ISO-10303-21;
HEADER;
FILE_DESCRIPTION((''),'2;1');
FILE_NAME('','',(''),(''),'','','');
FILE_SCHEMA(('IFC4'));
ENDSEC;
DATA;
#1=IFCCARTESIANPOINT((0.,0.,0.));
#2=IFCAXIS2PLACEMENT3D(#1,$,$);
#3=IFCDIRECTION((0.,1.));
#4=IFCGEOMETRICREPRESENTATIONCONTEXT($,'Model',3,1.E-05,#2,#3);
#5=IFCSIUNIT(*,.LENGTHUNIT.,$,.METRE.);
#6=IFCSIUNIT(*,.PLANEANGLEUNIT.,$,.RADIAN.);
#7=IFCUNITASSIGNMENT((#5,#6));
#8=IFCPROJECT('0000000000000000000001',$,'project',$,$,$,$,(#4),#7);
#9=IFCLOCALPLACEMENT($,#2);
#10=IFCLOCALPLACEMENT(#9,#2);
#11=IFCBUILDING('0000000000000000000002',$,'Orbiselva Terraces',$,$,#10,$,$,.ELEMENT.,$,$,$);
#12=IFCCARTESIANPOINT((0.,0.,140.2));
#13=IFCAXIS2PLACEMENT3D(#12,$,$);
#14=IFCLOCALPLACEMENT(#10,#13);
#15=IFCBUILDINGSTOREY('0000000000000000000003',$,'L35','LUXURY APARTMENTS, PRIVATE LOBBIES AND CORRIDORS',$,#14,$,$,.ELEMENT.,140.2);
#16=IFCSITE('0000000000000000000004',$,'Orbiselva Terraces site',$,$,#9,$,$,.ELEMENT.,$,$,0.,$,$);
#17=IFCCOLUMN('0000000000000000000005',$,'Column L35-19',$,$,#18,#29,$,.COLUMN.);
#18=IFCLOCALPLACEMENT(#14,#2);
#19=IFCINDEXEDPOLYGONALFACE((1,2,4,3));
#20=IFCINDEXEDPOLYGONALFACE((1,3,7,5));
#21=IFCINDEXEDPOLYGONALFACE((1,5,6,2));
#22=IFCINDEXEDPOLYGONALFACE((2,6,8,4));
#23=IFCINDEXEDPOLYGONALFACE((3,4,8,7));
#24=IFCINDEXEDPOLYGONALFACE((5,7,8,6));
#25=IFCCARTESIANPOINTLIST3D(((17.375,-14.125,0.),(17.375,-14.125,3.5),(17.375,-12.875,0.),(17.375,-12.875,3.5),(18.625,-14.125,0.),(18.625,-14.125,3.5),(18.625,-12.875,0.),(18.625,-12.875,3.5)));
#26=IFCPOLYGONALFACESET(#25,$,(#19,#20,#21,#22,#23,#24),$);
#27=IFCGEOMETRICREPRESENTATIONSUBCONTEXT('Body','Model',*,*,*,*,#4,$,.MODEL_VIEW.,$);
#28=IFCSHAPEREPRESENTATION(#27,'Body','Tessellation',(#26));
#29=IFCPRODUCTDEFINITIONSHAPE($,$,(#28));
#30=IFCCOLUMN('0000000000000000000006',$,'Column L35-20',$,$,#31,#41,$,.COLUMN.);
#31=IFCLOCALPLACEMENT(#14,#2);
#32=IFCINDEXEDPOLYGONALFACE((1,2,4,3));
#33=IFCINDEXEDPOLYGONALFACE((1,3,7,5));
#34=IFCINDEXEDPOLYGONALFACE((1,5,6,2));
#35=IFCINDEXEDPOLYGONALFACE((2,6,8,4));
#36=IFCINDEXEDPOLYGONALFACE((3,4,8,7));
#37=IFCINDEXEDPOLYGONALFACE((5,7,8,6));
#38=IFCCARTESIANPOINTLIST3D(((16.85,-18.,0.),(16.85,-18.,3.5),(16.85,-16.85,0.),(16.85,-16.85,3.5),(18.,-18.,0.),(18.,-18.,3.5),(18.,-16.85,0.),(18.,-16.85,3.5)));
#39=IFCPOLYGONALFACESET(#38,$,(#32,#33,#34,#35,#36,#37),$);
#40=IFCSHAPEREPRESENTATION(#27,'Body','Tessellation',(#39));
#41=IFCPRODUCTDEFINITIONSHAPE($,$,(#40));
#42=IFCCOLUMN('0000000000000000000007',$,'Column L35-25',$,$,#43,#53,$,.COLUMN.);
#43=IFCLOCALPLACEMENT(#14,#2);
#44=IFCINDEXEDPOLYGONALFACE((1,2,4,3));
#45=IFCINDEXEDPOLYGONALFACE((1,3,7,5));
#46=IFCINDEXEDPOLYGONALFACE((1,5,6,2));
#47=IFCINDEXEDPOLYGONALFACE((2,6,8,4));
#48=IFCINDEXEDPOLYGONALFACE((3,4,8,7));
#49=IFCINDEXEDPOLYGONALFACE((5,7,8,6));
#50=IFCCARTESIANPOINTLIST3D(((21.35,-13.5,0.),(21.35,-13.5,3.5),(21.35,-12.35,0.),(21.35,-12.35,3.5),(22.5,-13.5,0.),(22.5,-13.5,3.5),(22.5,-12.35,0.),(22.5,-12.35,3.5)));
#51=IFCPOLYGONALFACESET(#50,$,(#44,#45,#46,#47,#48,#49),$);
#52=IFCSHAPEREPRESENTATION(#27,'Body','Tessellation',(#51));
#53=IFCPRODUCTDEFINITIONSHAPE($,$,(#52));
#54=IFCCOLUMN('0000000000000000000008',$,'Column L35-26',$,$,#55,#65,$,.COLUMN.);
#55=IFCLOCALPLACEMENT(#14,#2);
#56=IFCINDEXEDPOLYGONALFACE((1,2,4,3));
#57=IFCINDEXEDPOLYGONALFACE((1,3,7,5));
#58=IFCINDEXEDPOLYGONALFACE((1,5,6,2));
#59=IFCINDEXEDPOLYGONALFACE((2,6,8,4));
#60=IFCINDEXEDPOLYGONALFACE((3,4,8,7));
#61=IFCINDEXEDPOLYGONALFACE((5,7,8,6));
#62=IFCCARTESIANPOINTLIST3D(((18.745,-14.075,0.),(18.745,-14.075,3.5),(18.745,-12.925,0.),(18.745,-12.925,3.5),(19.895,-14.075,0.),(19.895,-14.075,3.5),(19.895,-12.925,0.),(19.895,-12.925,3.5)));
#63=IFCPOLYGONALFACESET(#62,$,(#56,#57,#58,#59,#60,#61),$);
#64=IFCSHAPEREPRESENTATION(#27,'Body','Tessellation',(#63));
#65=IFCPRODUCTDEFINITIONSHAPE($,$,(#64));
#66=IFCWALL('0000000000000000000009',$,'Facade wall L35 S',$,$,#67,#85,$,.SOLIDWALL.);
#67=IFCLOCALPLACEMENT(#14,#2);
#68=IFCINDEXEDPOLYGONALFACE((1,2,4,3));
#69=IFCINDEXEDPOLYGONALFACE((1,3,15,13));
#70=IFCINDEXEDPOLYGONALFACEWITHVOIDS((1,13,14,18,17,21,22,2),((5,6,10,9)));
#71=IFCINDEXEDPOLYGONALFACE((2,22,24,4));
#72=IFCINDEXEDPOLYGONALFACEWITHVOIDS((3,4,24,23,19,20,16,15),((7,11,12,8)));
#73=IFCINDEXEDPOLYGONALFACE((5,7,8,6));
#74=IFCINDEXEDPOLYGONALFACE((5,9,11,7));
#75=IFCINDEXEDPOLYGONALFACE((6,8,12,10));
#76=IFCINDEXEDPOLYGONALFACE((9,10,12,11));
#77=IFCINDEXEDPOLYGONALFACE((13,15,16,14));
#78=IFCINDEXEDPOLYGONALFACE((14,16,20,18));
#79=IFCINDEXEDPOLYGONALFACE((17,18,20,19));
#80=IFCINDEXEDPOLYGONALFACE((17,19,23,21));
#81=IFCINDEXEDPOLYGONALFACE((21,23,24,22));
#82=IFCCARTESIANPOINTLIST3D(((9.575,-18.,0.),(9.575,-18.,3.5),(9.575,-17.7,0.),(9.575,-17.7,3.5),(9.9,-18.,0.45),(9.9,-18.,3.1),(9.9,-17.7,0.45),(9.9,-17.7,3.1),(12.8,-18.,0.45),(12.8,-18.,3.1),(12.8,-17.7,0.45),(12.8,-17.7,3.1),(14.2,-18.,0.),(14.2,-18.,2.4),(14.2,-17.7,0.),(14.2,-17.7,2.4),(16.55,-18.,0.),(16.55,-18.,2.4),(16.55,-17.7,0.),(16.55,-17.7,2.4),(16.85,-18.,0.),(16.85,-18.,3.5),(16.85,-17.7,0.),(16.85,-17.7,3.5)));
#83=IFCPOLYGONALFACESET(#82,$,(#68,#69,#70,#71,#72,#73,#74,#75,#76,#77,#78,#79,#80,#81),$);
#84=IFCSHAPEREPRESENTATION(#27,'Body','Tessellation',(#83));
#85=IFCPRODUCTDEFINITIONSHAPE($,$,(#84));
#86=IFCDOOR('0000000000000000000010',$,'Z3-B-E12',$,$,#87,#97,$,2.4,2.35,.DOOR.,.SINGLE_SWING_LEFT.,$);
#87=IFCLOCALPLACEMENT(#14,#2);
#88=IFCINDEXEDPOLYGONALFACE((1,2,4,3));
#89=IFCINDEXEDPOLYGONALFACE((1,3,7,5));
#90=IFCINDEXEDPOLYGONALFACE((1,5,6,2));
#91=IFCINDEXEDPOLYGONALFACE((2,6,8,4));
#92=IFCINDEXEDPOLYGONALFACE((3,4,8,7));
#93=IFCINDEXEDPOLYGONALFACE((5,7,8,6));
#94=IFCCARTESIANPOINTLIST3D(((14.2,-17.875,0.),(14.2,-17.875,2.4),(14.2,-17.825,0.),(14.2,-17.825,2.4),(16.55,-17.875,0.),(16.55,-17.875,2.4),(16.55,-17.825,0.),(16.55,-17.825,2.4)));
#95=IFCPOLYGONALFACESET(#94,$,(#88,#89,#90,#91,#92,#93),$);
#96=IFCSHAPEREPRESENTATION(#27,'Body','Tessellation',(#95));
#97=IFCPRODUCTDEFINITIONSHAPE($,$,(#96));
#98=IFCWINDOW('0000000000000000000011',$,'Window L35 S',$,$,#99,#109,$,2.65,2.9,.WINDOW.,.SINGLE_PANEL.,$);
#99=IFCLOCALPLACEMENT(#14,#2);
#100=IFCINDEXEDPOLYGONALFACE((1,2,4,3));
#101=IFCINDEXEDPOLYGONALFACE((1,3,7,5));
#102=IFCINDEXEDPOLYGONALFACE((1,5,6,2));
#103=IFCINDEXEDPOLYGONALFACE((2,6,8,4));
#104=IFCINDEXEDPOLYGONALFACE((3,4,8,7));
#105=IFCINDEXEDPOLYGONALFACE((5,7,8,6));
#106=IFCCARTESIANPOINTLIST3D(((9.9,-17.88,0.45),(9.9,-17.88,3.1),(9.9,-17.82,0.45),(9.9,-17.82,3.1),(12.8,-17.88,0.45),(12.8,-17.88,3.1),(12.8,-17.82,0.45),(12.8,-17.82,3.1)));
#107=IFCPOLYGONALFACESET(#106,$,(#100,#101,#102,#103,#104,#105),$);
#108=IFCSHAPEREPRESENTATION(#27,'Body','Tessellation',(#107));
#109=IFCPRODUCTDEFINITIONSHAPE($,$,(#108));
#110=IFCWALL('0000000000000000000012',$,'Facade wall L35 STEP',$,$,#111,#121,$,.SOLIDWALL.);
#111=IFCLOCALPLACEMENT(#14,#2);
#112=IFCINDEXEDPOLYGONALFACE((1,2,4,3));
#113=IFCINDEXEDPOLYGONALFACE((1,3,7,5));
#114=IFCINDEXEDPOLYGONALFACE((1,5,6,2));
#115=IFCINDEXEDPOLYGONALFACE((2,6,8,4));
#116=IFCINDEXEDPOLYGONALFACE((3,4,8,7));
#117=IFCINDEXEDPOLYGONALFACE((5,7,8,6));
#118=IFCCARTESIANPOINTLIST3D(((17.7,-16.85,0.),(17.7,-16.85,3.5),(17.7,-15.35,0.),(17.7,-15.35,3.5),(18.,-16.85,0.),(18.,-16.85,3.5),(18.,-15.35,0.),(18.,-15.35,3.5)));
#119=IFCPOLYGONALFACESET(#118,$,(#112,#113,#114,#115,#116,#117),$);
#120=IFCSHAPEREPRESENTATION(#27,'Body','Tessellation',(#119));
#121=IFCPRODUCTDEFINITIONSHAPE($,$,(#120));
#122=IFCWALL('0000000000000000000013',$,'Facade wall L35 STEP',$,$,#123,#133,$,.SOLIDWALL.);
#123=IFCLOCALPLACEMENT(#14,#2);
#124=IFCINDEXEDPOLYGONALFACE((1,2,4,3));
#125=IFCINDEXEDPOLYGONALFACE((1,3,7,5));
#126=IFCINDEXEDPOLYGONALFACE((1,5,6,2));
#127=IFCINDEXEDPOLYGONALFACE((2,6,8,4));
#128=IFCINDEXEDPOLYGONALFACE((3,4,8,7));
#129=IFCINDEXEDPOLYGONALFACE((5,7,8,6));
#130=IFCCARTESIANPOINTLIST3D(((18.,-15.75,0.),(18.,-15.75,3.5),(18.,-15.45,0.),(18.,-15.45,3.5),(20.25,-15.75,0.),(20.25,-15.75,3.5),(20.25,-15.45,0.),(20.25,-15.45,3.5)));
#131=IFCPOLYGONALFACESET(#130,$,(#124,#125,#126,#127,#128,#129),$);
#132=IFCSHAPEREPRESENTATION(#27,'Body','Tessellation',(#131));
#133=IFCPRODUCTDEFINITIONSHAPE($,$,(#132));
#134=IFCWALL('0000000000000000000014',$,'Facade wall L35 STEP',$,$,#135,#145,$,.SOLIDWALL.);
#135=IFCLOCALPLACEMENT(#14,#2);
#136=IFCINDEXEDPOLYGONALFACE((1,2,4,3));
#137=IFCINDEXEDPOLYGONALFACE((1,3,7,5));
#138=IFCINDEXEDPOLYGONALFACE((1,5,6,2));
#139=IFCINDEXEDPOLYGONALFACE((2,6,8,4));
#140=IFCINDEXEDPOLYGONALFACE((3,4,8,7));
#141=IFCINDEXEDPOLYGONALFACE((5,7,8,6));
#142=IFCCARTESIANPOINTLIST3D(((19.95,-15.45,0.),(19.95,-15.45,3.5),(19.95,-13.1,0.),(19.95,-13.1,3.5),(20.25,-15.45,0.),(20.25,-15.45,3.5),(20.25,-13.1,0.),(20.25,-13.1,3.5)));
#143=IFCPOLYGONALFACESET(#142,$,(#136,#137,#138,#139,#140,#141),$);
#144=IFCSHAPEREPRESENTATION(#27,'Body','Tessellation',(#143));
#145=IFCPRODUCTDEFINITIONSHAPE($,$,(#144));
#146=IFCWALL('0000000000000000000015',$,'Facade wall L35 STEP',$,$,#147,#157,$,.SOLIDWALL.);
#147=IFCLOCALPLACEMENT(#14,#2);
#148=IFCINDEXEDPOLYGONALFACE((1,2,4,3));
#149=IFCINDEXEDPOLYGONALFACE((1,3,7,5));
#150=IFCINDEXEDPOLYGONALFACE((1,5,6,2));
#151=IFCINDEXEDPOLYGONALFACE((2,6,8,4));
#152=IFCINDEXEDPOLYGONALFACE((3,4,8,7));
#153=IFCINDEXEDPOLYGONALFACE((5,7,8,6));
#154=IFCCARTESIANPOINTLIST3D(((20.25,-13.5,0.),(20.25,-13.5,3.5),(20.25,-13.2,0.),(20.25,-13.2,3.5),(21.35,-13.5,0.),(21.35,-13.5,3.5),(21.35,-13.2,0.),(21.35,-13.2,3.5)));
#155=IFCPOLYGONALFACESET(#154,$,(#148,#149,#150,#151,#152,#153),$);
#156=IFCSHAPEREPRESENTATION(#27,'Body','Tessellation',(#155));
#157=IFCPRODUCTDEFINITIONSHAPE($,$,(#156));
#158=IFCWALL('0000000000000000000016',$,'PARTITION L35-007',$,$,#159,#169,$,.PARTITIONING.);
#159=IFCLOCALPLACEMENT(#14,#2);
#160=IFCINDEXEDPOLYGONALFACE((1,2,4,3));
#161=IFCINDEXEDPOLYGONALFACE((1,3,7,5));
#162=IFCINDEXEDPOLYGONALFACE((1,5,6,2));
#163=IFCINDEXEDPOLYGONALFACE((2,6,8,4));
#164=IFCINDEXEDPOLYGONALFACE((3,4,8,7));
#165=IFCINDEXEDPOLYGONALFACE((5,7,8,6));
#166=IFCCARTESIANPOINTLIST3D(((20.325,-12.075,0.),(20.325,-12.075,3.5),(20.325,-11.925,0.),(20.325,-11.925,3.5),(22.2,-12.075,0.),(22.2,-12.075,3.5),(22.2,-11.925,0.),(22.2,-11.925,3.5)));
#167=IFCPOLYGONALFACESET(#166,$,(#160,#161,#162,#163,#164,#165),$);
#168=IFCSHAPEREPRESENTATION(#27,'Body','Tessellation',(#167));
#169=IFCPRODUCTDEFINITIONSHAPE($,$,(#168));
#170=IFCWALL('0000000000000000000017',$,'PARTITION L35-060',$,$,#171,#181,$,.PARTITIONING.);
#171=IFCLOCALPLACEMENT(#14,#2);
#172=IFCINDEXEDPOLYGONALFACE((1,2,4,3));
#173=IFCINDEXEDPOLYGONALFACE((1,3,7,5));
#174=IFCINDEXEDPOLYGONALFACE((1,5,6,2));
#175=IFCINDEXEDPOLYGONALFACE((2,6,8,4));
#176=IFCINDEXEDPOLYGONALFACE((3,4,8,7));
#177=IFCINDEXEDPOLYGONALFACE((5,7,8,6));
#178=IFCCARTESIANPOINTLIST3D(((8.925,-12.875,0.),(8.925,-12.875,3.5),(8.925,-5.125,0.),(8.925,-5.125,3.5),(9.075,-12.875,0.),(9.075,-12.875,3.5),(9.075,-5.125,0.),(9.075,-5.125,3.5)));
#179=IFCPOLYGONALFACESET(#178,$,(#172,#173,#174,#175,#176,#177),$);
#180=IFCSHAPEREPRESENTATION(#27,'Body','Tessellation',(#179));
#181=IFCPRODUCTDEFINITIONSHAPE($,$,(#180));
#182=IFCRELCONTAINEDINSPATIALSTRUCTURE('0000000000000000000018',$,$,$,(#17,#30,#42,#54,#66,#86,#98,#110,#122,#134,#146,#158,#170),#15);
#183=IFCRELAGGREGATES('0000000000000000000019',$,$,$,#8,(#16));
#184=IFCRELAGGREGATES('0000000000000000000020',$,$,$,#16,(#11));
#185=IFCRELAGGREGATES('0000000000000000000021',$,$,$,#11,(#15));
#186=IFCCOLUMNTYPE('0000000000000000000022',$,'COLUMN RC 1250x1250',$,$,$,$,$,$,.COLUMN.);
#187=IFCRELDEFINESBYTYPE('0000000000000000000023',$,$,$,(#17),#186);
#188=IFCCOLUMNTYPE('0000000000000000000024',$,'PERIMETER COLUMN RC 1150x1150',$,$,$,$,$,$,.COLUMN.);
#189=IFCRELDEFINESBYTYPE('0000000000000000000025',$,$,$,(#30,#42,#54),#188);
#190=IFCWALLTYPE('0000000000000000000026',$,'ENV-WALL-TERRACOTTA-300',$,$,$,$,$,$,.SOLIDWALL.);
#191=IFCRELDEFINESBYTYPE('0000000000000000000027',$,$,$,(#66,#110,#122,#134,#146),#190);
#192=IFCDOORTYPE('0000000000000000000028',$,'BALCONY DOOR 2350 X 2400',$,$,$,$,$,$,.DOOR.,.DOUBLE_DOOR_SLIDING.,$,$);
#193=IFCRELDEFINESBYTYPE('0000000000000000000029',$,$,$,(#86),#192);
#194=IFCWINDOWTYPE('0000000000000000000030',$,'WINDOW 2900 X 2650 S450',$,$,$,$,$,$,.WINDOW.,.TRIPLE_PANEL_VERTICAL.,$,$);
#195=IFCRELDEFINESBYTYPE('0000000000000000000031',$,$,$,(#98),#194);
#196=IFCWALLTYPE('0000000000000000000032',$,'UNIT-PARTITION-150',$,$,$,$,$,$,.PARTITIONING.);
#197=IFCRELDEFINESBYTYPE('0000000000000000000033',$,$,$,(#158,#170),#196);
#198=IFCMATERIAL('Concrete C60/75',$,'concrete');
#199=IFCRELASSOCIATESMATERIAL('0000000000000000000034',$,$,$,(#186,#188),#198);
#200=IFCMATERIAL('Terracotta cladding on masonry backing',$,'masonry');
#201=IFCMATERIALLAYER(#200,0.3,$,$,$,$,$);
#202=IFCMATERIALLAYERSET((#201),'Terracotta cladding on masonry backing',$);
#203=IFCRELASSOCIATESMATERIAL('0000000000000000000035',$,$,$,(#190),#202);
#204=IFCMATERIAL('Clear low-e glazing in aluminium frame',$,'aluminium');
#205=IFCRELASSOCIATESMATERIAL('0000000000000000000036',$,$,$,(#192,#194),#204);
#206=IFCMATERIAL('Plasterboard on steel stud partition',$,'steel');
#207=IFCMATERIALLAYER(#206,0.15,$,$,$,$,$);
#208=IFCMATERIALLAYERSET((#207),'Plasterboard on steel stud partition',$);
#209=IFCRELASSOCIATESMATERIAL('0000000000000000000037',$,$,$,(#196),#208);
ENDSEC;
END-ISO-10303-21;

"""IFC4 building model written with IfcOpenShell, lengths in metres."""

from ifc_helpers import new_model, si_unit, direction, frame, frame_2d, origin, origin_2d, place, context, subcontext, project, spatial, rectangle, extrude, material, layer, layer_set, material_profile, profile_set, type_object, element, fill, save


model = new_model("IFC4")

# Units and contexts
model_context = context("Model", 3, precision=1e-05, world=origin(), true_north=direction((0.0, 1.0)))
body_context = subcontext(model_context, "Body", "Model", "MODEL_VIEW")
ifc_project = project(units=[si_unit("LENGTHUNIT", "METRE"), si_unit("PLANEANGLEUNIT", "RADIAN")], contexts=[model_context])

# Site, building, storey
site_placement = place(None, origin())
site = spatial("IfcSite", under=ifc_project, at=site_placement, Name="Orbiselva Terraces site", CompositionType="ELEMENT", RefElevation=0.0)
building_placement = place(site_placement, origin())
building = spatial("IfcBuilding", under=site, at=building_placement, Name="Orbiselva Terraces", CompositionType="ELEMENT")
storey_placement = place(building_placement, frame((0.0, 0.0, 140.2)))
storey = spatial("IfcBuildingStorey", under=building, at=storey_placement, Name="L35", Description="LUXURY APARTMENTS, PRIVATE LOBBIES AND CORRIDORS", CompositionType="ELEMENT", Elevation=140.2)

# Columns
ifc_material_1 = material(Name="Concrete C60/75", Category="concrete")
ifc_material_profile_1 = material_profile(ifc_material_1, rectangle(XDim=1.25, YDim=1.25, at=origin_2d()), Name="RC 1250x1250")
ifc_profile_set_1 = profile_set([ifc_material_profile_1], Name="Concrete C60/75")
column_type_1 = type_object("IfcColumnType", Name="COLUMN RC 1250x1250", PredefinedType="COLUMN", material=ifc_profile_set_1)
column_placement = place(storey_placement, frame((18.0, -13.5, 0.0), z_axis=(0.0, 0.0, 1.0), x_axis=(1.0, 0.0, 0.0)))
element("IfcColumn", 1, at=column_placement, inside=storey, type_object=column_type_1, Name="Column L35-19", PredefinedType="COLUMN", context=body_context, shape_type="SweptSolid", body=[
    extrude(rectangle(XDim=1.25, YDim=1.25, at=origin_2d()), origin(), (0.0, 0.0, 1.0), 3.5),
])
ifc_material_profile_2 = material_profile(ifc_material_1, rectangle(XDim=1.15, YDim=1.15, at=origin_2d()), Name="RC 1150x1150")
ifc_profile_set_2 = profile_set([ifc_material_profile_2], Name="Concrete C60/75")
column_type_2 = type_object("IfcColumnType", Name="PERIMETER COLUMN RC 1150x1150", PredefinedType="COLUMN", material=ifc_profile_set_2)
for number, where, z_axis, x_axis, name in (
    (2, (17.425, -17.425, 0.0), (0.0, 0.0, 1.0), (1.0, 0.0, 0.0), "Column L35-20"),
    (3, (21.925, -12.925, 0.0), (0.0, 0.0, 1.0), (1.0, 0.0, 0.0), "Column L35-25"),
    (4, (19.32, -13.5, 0.0), (0.0, 0.0, 1.0), (1.0, 0.0, 0.0), "Column L35-26"),
):
    element("IfcColumn", number, at=place(storey_placement, frame(where, z_axis=z_axis, x_axis=x_axis)), inside=storey, type_object=column_type_2, Name=name, PredefinedType="COLUMN", context=body_context, shape_type="SweptSolid", body=[
        extrude(rectangle(XDim=1.15, YDim=1.15, at=origin_2d()), origin(), (0.0, 0.0, 1.0), 3.5),
    ])

# Wall, openings, door, window
ifc_material_2 = material(Name="Terracotta cladding on masonry backing", Category="masonry")
ifc_layer_1 = layer(ifc_material_2, 0.3)
ifc_layer_set_1 = layer_set([ifc_layer_1], Name="Terracotta cladding on masonry backing")
wall_type_1 = type_object("IfcWallType", Name="ENV-WALL-TERRACOTTA-300", PredefinedType="SOLIDWALL", material=ifc_layer_set_1)
wall_1_placement = place(storey_placement, frame((16.85, -17.85, 0.0), z_axis=(0.0, 0.0, 1.0), x_axis=(-1.0, 0.0, 0.0)))
wall_1 = element("IfcWall", 5, at=wall_1_placement, inside=storey, type_object=wall_type_1, Name="Facade wall L35 S", PredefinedType="SOLIDWALL", context=body_context, shape_type="SweptSolid", body=[
    extrude(rectangle(XDim=7.275, YDim=0.3, at=frame_2d((3.6375, 0.0))), origin(), (0.0, 0.0, 1.0), 3.5),
])
opening_1_placement = place(wall_1_placement, frame((4.05, 0.0, 0.45)))
opening_1 = element("IfcOpeningElement", 6, at=opening_1_placement, cuts=wall_1, PredefinedType="OPENING", context=body_context, shape_type="SweptSolid", body=[
    extrude(rectangle(XDim=2.9, YDim=2.65, at=frame_2d((1.45, 1.325))), frame((0.0, 0.16, 0.0), z_axis=(0.0, -1.0, 0.0), x_axis=(1.0, 0.0, 0.0)), (0.0, 0.0, 1.0), 0.32),
])
opening_2_placement = place(wall_1_placement, frame((0.3, 0.0, 0.0)))
opening_2 = element("IfcOpeningElement", 7, at=opening_2_placement, cuts=wall_1, PredefinedType="OPENING", context=body_context, shape_type="SweptSolid", body=[
    extrude(rectangle(XDim=2.35, YDim=2.4, at=frame_2d((1.175, 1.2))), frame((0.0, 0.16, 0.0), z_axis=(0.0, -1.0, 0.0), x_axis=(1.0, 0.0, 0.0)), (0.0, 0.0, 1.0), 0.32),
])
ifc_material_3 = material(Name="Clear low-e glazing in aluminium frame", Category="aluminium")
door_type = type_object("IfcDoorType", Name="BALCONY DOOR 2350 X 2400", OperationType="DOUBLE_DOOR_SLIDING", PredefinedType="DOOR", material=ifc_material_3)
door_placement = place(opening_2_placement, origin())
door = element("IfcDoor", 8, at=door_placement, inside=storey, type_object=door_type, Name="Z3-B-E12", OperationType="SINGLE_SWING_LEFT", OverallHeight=2.4, OverallWidth=2.35, PredefinedType="DOOR", context=body_context, shape_type="SweptSolid", body=[
    extrude(rectangle(XDim=2.35, YDim=2.4, at=frame_2d((1.175, 1.2))), frame((0.0, 0.025, 0.0), z_axis=(0.0, -1.0, 0.0), x_axis=(1.0, 0.0, 0.0)), (0.0, 0.0, 1.0), 0.05),
])
fill(opening_2, door)
window_type = type_object("IfcWindowType", Name="WINDOW 2900 X 2650 S450", PartitioningType="TRIPLE_PANEL_VERTICAL", PredefinedType="WINDOW", material=ifc_material_3)
window_placement = place(opening_1_placement, origin())
window = element("IfcWindow", 9, at=window_placement, inside=storey, type_object=window_type, Name="Window L35 S", OverallHeight=2.65, OverallWidth=2.9, PartitioningType="SINGLE_PANEL", PredefinedType="WINDOW", context=body_context, shape_type="SweptSolid", body=[
    extrude(rectangle(XDim=2.9, YDim=2.65, at=frame_2d((1.45, 1.325))), frame((0.0, 0.03, 0.0), z_axis=(0.0, -1.0, 0.0), x_axis=(1.0, 0.0, 0.0)), (0.0, 0.0, 1.0), 0.06),
])
fill(opening_1, window)

# Walls
wall_2_placement = place(storey_placement, frame((17.85, -15.35, 0.0), z_axis=(0.0, 0.0, 1.0), x_axis=(0.0, -1.0, 0.0)))
element("IfcWall", 10, at=wall_2_placement, inside=storey, type_object=wall_type_1, Name="Facade wall L35 STEP", PredefinedType="SOLIDWALL", context=body_context, shape_type="SweptSolid", body=[
    extrude(rectangle(XDim=1.5, YDim=0.3, at=frame_2d((0.75, 0.0))), origin(), (0.0, 0.0, 1.0), 3.5),
])
wall_3_placement = place(storey_placement, frame((20.25, -15.6, 0.0), z_axis=(0.0, 0.0, 1.0), x_axis=(-1.0, 0.0, 0.0)))
element("IfcWall", 11, at=wall_3_placement, inside=storey, type_object=wall_type_1, Name="Facade wall L35 STEP", PredefinedType="SOLIDWALL", context=body_context, shape_type="SweptSolid", body=[
    extrude(rectangle(XDim=2.25, YDim=0.3, at=frame_2d((1.125, 0.0))), origin(), (0.0, 0.0, 1.0), 3.5),
])
wall_4_placement = place(storey_placement, frame((20.1, -13.1, 0.0), z_axis=(0.0, 0.0, 1.0), x_axis=(0.0, -1.0, 0.0)))
element("IfcWall", 12, at=wall_4_placement, inside=storey, type_object=wall_type_1, Name="Facade wall L35 STEP", PredefinedType="SOLIDWALL", context=body_context, shape_type="SweptSolid", body=[
    extrude(rectangle(XDim=2.35, YDim=0.3, at=frame_2d((1.175, 0.0))), origin(), (0.0, 0.0, 1.0), 3.5),
])
wall_5_placement = place(storey_placement, frame((21.35, -13.35, 0.0), z_axis=(0.0, 0.0, 1.0), x_axis=(-1.0, 0.0, 0.0)))
element("IfcWall", 13, at=wall_5_placement, inside=storey, type_object=wall_type_1, Name="Facade wall L35 STEP", PredefinedType="SOLIDWALL", context=body_context, shape_type="SweptSolid", body=[
    extrude(rectangle(XDim=1.1, YDim=0.3, at=frame_2d((0.55, 0.0))), origin(), (0.0, 0.0, 1.0), 3.5),
])
ifc_material_4 = material(Name="Plasterboard on steel stud partition", Category="steel")
ifc_layer_2 = layer(ifc_material_4, 0.15)
ifc_layer_set_2 = layer_set([ifc_layer_2], Name="Plasterboard on steel stud partition")
wall_type_2 = type_object("IfcWallType", Name="UNIT-PARTITION-150", PredefinedType="PARTITIONING", material=ifc_layer_set_2)
wall_6_placement = place(storey_placement, frame((20.325, -12.0, 0.0), z_axis=(0.0, 0.0, 1.0), x_axis=(1.0, 0.0, 0.0)))
element("IfcWall", 14, at=wall_6_placement, inside=storey, type_object=wall_type_2, Name="PARTITION L35-007", PredefinedType="PARTITIONING", context=body_context, shape_type="SweptSolid", body=[
    extrude(rectangle(XDim=1.875, YDim=0.15, at=frame_2d((0.9375, 0.0))), origin(), (0.0, 0.0, 1.0), 3.5),
])
wall_7_placement = place(storey_placement, frame((9.0, -12.875, 0.0), z_axis=(0.0, 0.0, 1.0), x_axis=(0.0, 1.0, 0.0)))
element("IfcWall", 15, at=wall_7_placement, inside=storey, type_object=wall_type_2, Name="PARTITION L35-060", PredefinedType="PARTITIONING", context=body_context, shape_type="SweptSolid", body=[
    extrude(rectangle(XDim=7.75, YDim=0.15, at=frame_2d((3.875, 0.0))), origin(), (0.0, 0.0, 1.0), 3.5),
])

save(model, "model.ifc")
